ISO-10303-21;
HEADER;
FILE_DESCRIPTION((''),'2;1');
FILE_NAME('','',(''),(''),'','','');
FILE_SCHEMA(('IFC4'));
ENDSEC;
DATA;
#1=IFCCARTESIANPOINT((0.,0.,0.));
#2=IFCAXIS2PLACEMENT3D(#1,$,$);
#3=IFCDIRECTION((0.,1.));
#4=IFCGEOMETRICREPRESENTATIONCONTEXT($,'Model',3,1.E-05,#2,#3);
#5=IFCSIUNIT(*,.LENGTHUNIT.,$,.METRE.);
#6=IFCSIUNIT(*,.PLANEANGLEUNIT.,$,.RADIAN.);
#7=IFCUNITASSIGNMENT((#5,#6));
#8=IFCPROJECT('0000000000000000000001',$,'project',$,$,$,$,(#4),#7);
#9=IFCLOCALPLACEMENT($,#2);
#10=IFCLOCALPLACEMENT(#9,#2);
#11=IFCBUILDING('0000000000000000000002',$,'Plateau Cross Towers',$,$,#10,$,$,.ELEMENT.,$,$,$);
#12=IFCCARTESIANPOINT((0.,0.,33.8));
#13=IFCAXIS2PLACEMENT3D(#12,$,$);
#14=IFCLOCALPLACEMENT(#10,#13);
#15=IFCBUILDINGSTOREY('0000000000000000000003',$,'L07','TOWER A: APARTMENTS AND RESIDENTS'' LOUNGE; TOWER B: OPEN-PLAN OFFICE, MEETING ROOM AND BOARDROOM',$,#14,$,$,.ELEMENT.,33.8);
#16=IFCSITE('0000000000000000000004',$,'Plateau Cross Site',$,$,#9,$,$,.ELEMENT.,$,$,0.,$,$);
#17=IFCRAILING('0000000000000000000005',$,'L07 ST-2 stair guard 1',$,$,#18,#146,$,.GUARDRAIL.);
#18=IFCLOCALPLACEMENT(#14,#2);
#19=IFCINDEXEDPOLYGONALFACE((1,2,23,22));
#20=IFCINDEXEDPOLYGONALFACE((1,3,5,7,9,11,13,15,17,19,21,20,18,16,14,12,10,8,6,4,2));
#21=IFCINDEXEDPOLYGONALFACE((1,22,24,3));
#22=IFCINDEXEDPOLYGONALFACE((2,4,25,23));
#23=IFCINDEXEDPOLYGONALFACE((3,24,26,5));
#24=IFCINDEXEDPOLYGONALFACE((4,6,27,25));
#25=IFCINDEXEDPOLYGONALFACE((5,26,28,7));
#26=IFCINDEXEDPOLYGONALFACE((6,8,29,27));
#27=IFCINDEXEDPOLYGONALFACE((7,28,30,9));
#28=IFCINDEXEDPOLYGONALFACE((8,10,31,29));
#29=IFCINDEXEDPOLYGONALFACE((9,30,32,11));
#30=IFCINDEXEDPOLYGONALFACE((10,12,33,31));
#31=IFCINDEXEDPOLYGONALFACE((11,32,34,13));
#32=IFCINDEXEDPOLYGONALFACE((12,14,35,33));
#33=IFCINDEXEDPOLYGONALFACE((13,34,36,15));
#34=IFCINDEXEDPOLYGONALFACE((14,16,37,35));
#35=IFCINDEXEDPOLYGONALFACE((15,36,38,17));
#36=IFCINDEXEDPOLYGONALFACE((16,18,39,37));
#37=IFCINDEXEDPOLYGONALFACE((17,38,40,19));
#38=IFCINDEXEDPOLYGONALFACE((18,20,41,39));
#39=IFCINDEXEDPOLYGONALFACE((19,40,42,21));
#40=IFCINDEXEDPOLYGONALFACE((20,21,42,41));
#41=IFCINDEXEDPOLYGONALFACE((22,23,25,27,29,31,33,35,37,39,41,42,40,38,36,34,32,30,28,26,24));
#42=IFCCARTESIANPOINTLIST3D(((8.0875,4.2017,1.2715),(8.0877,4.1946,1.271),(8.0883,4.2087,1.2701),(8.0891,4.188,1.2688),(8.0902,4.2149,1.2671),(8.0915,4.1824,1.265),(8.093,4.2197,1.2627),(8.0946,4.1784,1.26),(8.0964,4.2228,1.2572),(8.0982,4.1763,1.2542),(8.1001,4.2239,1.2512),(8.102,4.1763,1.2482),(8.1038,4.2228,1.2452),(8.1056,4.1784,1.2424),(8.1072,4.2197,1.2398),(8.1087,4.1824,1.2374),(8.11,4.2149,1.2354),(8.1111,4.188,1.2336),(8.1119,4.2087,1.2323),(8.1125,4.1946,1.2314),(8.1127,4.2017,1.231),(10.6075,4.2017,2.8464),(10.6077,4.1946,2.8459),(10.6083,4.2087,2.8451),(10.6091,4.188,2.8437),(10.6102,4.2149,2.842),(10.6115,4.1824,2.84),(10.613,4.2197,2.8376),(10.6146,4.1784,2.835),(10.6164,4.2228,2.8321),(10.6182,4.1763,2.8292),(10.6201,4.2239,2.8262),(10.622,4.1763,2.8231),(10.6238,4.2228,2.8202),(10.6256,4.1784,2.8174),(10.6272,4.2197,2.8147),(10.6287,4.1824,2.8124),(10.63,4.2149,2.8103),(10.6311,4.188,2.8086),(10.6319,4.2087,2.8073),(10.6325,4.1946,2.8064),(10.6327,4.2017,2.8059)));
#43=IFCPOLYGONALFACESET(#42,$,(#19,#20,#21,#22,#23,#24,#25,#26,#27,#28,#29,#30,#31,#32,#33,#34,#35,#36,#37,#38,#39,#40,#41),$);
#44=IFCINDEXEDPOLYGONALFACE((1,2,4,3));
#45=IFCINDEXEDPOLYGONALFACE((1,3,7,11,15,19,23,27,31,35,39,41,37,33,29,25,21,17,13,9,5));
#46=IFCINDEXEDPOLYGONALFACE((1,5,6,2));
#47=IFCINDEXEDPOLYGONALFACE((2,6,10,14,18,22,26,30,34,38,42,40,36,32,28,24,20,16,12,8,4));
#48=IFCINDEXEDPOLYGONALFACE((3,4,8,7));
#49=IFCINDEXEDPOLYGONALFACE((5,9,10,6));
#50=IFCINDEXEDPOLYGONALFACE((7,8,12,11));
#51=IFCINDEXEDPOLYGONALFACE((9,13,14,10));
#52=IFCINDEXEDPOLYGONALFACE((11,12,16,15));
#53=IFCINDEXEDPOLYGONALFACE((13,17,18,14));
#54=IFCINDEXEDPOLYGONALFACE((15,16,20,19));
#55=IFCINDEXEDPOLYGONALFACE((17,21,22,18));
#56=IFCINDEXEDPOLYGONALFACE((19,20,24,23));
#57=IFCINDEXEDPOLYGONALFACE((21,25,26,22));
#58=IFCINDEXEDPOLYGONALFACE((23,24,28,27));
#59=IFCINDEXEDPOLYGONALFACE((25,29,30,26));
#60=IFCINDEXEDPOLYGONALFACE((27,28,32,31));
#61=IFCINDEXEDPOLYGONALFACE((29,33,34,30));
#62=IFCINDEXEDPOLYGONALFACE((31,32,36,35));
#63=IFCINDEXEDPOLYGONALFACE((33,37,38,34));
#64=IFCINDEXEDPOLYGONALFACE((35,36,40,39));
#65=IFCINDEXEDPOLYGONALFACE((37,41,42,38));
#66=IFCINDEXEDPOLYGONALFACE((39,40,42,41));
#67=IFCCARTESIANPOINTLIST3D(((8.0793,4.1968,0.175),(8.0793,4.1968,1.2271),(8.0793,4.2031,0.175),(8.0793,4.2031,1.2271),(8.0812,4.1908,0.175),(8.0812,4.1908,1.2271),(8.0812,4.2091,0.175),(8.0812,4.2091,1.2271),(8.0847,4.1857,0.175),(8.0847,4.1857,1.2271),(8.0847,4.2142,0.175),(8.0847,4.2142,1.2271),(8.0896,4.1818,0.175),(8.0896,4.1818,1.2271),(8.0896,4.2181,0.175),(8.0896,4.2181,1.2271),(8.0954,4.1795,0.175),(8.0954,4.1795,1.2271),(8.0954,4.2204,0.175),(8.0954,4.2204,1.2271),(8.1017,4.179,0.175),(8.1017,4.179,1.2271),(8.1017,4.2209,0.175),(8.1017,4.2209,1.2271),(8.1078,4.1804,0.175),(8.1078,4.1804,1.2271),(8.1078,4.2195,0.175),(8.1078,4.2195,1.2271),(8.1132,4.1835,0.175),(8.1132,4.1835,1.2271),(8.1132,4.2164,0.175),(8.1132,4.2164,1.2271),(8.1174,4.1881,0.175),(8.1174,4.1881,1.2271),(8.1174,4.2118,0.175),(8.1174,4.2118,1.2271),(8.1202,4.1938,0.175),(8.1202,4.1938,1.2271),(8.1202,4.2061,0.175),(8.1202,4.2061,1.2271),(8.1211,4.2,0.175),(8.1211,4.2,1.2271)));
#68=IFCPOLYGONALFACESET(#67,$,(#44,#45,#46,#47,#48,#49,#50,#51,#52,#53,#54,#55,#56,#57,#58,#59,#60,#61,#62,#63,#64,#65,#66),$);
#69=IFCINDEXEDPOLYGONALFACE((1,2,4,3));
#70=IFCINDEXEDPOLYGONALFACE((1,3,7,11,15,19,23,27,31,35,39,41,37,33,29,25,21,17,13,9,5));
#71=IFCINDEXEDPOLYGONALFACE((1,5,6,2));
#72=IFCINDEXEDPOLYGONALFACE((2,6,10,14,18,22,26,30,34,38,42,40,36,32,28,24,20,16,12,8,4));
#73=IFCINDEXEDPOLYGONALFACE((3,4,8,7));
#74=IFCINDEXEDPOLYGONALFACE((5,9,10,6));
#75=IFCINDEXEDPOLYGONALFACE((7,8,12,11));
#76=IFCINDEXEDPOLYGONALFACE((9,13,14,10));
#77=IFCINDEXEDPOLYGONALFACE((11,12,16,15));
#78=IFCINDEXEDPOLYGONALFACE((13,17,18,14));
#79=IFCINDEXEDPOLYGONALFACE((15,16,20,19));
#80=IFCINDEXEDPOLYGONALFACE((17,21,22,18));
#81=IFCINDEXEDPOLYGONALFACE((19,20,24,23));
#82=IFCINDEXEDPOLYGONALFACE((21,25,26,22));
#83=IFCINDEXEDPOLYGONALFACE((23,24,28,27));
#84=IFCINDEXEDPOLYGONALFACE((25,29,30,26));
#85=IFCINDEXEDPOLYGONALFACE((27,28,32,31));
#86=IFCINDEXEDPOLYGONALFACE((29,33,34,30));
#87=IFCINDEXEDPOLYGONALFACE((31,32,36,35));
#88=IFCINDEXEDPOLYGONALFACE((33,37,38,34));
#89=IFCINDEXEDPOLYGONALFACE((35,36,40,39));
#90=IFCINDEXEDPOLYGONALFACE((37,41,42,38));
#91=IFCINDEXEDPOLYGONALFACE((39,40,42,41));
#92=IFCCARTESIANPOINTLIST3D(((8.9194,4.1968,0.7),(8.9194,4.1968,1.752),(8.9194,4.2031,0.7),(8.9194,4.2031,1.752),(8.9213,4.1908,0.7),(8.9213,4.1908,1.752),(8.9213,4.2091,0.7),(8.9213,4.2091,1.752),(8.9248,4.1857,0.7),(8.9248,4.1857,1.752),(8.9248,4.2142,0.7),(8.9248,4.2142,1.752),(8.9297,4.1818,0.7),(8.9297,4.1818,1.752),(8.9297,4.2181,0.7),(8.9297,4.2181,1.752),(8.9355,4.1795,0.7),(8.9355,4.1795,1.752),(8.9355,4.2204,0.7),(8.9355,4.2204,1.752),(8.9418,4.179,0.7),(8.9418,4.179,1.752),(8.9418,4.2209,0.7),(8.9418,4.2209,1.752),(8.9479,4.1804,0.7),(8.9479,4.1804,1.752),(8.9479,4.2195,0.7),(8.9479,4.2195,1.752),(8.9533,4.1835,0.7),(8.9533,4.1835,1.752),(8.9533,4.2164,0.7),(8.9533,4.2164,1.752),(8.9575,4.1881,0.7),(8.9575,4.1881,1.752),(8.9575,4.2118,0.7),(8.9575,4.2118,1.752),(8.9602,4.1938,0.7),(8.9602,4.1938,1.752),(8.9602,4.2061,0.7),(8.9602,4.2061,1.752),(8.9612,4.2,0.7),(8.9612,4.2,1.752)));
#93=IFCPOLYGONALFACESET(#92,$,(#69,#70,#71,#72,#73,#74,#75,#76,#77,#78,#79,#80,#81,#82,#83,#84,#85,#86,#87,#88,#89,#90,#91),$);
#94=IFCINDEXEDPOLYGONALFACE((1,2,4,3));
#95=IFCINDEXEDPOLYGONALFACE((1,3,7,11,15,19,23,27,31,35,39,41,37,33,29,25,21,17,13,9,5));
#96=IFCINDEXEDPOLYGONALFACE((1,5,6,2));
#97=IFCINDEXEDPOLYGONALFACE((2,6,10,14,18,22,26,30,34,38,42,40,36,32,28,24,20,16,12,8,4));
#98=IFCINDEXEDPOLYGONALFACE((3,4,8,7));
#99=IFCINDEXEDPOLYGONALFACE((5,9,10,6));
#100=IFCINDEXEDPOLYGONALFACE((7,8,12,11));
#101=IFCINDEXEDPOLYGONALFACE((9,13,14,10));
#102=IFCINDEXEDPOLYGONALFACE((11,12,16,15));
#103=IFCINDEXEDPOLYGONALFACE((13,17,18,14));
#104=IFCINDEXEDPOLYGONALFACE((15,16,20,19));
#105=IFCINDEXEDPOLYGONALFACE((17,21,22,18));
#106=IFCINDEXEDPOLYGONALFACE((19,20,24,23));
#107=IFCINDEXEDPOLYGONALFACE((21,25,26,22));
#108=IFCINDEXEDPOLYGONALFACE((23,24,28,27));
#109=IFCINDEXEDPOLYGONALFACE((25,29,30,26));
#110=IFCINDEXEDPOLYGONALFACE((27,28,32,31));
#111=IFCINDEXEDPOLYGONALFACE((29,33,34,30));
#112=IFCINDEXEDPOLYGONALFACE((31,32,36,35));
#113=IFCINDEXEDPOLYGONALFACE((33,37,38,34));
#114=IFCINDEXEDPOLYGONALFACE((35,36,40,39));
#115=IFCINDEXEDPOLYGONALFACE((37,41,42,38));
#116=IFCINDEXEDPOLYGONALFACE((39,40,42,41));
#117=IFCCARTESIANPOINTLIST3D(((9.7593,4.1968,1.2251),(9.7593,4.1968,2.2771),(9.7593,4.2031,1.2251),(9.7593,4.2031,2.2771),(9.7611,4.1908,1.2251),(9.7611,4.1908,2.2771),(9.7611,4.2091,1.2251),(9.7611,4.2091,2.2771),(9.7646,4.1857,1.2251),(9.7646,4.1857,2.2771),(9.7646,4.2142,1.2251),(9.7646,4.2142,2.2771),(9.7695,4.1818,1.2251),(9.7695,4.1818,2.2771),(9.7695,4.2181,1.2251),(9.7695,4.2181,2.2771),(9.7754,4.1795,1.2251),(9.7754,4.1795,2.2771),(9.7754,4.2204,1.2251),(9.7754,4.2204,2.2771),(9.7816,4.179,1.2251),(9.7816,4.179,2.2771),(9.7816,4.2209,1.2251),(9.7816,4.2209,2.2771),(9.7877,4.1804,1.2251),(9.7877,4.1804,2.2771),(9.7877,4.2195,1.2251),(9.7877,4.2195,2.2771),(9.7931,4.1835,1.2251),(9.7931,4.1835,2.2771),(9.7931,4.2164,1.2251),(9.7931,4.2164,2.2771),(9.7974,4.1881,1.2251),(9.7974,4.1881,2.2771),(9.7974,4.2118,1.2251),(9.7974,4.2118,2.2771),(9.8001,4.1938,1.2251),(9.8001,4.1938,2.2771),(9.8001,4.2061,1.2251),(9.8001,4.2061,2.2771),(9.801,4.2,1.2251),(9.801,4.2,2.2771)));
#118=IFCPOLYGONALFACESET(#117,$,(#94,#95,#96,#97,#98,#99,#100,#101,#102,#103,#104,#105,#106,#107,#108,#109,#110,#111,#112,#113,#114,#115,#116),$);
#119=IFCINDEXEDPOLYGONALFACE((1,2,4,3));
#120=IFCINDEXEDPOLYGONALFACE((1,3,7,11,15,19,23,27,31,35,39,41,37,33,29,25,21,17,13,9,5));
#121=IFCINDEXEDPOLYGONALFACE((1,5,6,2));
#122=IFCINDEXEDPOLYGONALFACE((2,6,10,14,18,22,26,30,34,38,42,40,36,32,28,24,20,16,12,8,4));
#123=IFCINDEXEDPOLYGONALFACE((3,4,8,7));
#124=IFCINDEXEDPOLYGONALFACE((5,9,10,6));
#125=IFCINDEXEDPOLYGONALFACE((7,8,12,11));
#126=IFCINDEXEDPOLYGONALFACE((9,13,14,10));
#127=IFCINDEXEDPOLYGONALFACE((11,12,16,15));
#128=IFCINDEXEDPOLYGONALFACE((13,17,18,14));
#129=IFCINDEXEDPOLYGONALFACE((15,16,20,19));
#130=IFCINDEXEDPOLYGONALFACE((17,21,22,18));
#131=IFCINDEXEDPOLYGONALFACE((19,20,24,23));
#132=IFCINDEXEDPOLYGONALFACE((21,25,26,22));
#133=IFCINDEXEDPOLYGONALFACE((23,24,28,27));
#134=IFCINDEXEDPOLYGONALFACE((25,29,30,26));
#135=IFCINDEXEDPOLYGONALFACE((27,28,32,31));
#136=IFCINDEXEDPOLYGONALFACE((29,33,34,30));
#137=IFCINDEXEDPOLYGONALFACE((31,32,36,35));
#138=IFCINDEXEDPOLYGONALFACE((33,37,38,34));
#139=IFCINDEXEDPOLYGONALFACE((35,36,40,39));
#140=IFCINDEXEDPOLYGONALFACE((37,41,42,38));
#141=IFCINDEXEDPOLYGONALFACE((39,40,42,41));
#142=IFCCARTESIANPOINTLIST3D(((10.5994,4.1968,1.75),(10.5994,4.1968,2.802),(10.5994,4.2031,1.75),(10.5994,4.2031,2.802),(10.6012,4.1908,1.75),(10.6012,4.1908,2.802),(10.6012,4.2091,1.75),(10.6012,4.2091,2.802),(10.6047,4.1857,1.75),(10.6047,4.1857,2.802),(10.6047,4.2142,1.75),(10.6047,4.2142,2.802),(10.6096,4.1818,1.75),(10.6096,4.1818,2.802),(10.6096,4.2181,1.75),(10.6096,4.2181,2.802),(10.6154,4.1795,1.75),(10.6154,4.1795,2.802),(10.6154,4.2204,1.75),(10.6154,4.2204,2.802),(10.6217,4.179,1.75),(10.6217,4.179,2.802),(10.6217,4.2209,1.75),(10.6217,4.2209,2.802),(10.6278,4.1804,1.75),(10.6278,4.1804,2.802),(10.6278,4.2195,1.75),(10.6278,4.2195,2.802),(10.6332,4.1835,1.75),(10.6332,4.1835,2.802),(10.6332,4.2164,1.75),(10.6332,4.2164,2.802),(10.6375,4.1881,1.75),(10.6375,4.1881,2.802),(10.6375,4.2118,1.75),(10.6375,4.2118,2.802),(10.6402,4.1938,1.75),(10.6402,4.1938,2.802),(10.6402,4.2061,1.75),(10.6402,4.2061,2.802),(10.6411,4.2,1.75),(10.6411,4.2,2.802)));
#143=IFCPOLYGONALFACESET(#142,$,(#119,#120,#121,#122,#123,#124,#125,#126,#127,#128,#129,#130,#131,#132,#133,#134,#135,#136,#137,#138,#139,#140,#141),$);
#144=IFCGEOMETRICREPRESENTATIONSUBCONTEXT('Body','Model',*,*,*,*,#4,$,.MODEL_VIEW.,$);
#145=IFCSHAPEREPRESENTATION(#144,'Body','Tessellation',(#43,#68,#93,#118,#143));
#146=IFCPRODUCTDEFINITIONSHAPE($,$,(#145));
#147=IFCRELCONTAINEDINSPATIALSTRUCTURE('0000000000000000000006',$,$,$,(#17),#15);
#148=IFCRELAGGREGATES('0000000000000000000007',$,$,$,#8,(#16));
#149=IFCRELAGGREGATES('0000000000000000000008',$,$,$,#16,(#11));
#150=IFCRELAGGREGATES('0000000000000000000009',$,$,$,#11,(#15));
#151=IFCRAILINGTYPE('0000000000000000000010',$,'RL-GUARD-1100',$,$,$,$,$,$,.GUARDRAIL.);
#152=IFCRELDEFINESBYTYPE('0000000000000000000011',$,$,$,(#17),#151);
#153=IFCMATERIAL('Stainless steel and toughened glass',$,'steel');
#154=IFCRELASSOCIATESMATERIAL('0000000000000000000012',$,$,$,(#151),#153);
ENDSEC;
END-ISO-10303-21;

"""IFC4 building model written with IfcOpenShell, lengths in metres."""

from ifc_helpers import new_model, si_unit, direction, frame, origin, origin_2d, place, context, subcontext, project, spatial, circle, extrude, material, type_object, element, save


model = new_model("IFC4")

# Units and contexts
model_context = context("Model", 3, precision=1e-05, world=origin(), true_north=direction((0.0, 1.0)))
body_context = subcontext(model_context, "Body", "Model", "MODEL_VIEW")
ifc_project = project(units=[si_unit("LENGTHUNIT", "METRE"), si_unit("PLANEANGLEUNIT", "RADIAN")], contexts=[model_context])

# Site, building, storey
site_placement = place(None, origin())
site = spatial("IfcSite", under=ifc_project, at=site_placement, Name="Plateau Cross Site", CompositionType="ELEMENT", RefElevation=0.0)
building_placement = place(site_placement, origin())
building = spatial("IfcBuilding", under=site, at=building_placement, Name="Plateau Cross Towers", CompositionType="ELEMENT")
storey_placement = place(building_placement, frame((0.0, 0.0, 33.8)))
storey = spatial("IfcBuildingStorey", under=building, at=storey_placement, Name="L07", Description="TOWER A: APARTMENTS AND RESIDENTS' LOUNGE; TOWER B: OPEN-PLAN OFFICE, MEETING ROOM AND BOARDROOM", CompositionType="ELEMENT", Elevation=33.8)

# Railing
ifc_material_1 = material(Name="Stainless steel and toughened glass", Category="steel")
railing_type_1 = type_object("IfcRailingType", Name="RL-GUARD-1100", PredefinedType="GUARDRAIL", material=ifc_material_1)
railing_1_placement = place(storey_placement, frame((8.1001, 4.2, 0.175)))
element("IfcRailing", 1, at=railing_1_placement, inside=storey, type_object=railing_type_1, Name="L07 ST-2 stair guard 1", PredefinedType="GUARDRAIL", context=body_context, shape_type="SweptSolid", body=[
    extrude(circle(Radius=0.0239, at=origin_2d()), frame((0.0, 0.0, 1.0762), z_axis=(0.848008, 0.0, 0.529984), x_axis=(0.0, 1.0, 0.0)), (0.0, 0.0, 1.0), 2.9717),
    extrude(circle(Radius=0.021, at=origin_2d()), origin(), (0.0, 0.0, 1.0), 1.052),
    extrude(circle(Radius=0.021, at=origin_2d()), frame((0.8401, 0.0, 0.5249)), (0.0, 0.0, 1.0), 1.052),
    extrude(circle(Radius=0.021, at=origin_2d()), frame((1.6799, 0.0, 1.05)), (0.0, 0.0, 1.0), 1.052),
    extrude(circle(Radius=0.021, at=origin_2d()), frame((2.52, 0.0, 1.575)), (0.0, 0.0, 1.0), 1.052),
])

save(model, "model.ifc")
